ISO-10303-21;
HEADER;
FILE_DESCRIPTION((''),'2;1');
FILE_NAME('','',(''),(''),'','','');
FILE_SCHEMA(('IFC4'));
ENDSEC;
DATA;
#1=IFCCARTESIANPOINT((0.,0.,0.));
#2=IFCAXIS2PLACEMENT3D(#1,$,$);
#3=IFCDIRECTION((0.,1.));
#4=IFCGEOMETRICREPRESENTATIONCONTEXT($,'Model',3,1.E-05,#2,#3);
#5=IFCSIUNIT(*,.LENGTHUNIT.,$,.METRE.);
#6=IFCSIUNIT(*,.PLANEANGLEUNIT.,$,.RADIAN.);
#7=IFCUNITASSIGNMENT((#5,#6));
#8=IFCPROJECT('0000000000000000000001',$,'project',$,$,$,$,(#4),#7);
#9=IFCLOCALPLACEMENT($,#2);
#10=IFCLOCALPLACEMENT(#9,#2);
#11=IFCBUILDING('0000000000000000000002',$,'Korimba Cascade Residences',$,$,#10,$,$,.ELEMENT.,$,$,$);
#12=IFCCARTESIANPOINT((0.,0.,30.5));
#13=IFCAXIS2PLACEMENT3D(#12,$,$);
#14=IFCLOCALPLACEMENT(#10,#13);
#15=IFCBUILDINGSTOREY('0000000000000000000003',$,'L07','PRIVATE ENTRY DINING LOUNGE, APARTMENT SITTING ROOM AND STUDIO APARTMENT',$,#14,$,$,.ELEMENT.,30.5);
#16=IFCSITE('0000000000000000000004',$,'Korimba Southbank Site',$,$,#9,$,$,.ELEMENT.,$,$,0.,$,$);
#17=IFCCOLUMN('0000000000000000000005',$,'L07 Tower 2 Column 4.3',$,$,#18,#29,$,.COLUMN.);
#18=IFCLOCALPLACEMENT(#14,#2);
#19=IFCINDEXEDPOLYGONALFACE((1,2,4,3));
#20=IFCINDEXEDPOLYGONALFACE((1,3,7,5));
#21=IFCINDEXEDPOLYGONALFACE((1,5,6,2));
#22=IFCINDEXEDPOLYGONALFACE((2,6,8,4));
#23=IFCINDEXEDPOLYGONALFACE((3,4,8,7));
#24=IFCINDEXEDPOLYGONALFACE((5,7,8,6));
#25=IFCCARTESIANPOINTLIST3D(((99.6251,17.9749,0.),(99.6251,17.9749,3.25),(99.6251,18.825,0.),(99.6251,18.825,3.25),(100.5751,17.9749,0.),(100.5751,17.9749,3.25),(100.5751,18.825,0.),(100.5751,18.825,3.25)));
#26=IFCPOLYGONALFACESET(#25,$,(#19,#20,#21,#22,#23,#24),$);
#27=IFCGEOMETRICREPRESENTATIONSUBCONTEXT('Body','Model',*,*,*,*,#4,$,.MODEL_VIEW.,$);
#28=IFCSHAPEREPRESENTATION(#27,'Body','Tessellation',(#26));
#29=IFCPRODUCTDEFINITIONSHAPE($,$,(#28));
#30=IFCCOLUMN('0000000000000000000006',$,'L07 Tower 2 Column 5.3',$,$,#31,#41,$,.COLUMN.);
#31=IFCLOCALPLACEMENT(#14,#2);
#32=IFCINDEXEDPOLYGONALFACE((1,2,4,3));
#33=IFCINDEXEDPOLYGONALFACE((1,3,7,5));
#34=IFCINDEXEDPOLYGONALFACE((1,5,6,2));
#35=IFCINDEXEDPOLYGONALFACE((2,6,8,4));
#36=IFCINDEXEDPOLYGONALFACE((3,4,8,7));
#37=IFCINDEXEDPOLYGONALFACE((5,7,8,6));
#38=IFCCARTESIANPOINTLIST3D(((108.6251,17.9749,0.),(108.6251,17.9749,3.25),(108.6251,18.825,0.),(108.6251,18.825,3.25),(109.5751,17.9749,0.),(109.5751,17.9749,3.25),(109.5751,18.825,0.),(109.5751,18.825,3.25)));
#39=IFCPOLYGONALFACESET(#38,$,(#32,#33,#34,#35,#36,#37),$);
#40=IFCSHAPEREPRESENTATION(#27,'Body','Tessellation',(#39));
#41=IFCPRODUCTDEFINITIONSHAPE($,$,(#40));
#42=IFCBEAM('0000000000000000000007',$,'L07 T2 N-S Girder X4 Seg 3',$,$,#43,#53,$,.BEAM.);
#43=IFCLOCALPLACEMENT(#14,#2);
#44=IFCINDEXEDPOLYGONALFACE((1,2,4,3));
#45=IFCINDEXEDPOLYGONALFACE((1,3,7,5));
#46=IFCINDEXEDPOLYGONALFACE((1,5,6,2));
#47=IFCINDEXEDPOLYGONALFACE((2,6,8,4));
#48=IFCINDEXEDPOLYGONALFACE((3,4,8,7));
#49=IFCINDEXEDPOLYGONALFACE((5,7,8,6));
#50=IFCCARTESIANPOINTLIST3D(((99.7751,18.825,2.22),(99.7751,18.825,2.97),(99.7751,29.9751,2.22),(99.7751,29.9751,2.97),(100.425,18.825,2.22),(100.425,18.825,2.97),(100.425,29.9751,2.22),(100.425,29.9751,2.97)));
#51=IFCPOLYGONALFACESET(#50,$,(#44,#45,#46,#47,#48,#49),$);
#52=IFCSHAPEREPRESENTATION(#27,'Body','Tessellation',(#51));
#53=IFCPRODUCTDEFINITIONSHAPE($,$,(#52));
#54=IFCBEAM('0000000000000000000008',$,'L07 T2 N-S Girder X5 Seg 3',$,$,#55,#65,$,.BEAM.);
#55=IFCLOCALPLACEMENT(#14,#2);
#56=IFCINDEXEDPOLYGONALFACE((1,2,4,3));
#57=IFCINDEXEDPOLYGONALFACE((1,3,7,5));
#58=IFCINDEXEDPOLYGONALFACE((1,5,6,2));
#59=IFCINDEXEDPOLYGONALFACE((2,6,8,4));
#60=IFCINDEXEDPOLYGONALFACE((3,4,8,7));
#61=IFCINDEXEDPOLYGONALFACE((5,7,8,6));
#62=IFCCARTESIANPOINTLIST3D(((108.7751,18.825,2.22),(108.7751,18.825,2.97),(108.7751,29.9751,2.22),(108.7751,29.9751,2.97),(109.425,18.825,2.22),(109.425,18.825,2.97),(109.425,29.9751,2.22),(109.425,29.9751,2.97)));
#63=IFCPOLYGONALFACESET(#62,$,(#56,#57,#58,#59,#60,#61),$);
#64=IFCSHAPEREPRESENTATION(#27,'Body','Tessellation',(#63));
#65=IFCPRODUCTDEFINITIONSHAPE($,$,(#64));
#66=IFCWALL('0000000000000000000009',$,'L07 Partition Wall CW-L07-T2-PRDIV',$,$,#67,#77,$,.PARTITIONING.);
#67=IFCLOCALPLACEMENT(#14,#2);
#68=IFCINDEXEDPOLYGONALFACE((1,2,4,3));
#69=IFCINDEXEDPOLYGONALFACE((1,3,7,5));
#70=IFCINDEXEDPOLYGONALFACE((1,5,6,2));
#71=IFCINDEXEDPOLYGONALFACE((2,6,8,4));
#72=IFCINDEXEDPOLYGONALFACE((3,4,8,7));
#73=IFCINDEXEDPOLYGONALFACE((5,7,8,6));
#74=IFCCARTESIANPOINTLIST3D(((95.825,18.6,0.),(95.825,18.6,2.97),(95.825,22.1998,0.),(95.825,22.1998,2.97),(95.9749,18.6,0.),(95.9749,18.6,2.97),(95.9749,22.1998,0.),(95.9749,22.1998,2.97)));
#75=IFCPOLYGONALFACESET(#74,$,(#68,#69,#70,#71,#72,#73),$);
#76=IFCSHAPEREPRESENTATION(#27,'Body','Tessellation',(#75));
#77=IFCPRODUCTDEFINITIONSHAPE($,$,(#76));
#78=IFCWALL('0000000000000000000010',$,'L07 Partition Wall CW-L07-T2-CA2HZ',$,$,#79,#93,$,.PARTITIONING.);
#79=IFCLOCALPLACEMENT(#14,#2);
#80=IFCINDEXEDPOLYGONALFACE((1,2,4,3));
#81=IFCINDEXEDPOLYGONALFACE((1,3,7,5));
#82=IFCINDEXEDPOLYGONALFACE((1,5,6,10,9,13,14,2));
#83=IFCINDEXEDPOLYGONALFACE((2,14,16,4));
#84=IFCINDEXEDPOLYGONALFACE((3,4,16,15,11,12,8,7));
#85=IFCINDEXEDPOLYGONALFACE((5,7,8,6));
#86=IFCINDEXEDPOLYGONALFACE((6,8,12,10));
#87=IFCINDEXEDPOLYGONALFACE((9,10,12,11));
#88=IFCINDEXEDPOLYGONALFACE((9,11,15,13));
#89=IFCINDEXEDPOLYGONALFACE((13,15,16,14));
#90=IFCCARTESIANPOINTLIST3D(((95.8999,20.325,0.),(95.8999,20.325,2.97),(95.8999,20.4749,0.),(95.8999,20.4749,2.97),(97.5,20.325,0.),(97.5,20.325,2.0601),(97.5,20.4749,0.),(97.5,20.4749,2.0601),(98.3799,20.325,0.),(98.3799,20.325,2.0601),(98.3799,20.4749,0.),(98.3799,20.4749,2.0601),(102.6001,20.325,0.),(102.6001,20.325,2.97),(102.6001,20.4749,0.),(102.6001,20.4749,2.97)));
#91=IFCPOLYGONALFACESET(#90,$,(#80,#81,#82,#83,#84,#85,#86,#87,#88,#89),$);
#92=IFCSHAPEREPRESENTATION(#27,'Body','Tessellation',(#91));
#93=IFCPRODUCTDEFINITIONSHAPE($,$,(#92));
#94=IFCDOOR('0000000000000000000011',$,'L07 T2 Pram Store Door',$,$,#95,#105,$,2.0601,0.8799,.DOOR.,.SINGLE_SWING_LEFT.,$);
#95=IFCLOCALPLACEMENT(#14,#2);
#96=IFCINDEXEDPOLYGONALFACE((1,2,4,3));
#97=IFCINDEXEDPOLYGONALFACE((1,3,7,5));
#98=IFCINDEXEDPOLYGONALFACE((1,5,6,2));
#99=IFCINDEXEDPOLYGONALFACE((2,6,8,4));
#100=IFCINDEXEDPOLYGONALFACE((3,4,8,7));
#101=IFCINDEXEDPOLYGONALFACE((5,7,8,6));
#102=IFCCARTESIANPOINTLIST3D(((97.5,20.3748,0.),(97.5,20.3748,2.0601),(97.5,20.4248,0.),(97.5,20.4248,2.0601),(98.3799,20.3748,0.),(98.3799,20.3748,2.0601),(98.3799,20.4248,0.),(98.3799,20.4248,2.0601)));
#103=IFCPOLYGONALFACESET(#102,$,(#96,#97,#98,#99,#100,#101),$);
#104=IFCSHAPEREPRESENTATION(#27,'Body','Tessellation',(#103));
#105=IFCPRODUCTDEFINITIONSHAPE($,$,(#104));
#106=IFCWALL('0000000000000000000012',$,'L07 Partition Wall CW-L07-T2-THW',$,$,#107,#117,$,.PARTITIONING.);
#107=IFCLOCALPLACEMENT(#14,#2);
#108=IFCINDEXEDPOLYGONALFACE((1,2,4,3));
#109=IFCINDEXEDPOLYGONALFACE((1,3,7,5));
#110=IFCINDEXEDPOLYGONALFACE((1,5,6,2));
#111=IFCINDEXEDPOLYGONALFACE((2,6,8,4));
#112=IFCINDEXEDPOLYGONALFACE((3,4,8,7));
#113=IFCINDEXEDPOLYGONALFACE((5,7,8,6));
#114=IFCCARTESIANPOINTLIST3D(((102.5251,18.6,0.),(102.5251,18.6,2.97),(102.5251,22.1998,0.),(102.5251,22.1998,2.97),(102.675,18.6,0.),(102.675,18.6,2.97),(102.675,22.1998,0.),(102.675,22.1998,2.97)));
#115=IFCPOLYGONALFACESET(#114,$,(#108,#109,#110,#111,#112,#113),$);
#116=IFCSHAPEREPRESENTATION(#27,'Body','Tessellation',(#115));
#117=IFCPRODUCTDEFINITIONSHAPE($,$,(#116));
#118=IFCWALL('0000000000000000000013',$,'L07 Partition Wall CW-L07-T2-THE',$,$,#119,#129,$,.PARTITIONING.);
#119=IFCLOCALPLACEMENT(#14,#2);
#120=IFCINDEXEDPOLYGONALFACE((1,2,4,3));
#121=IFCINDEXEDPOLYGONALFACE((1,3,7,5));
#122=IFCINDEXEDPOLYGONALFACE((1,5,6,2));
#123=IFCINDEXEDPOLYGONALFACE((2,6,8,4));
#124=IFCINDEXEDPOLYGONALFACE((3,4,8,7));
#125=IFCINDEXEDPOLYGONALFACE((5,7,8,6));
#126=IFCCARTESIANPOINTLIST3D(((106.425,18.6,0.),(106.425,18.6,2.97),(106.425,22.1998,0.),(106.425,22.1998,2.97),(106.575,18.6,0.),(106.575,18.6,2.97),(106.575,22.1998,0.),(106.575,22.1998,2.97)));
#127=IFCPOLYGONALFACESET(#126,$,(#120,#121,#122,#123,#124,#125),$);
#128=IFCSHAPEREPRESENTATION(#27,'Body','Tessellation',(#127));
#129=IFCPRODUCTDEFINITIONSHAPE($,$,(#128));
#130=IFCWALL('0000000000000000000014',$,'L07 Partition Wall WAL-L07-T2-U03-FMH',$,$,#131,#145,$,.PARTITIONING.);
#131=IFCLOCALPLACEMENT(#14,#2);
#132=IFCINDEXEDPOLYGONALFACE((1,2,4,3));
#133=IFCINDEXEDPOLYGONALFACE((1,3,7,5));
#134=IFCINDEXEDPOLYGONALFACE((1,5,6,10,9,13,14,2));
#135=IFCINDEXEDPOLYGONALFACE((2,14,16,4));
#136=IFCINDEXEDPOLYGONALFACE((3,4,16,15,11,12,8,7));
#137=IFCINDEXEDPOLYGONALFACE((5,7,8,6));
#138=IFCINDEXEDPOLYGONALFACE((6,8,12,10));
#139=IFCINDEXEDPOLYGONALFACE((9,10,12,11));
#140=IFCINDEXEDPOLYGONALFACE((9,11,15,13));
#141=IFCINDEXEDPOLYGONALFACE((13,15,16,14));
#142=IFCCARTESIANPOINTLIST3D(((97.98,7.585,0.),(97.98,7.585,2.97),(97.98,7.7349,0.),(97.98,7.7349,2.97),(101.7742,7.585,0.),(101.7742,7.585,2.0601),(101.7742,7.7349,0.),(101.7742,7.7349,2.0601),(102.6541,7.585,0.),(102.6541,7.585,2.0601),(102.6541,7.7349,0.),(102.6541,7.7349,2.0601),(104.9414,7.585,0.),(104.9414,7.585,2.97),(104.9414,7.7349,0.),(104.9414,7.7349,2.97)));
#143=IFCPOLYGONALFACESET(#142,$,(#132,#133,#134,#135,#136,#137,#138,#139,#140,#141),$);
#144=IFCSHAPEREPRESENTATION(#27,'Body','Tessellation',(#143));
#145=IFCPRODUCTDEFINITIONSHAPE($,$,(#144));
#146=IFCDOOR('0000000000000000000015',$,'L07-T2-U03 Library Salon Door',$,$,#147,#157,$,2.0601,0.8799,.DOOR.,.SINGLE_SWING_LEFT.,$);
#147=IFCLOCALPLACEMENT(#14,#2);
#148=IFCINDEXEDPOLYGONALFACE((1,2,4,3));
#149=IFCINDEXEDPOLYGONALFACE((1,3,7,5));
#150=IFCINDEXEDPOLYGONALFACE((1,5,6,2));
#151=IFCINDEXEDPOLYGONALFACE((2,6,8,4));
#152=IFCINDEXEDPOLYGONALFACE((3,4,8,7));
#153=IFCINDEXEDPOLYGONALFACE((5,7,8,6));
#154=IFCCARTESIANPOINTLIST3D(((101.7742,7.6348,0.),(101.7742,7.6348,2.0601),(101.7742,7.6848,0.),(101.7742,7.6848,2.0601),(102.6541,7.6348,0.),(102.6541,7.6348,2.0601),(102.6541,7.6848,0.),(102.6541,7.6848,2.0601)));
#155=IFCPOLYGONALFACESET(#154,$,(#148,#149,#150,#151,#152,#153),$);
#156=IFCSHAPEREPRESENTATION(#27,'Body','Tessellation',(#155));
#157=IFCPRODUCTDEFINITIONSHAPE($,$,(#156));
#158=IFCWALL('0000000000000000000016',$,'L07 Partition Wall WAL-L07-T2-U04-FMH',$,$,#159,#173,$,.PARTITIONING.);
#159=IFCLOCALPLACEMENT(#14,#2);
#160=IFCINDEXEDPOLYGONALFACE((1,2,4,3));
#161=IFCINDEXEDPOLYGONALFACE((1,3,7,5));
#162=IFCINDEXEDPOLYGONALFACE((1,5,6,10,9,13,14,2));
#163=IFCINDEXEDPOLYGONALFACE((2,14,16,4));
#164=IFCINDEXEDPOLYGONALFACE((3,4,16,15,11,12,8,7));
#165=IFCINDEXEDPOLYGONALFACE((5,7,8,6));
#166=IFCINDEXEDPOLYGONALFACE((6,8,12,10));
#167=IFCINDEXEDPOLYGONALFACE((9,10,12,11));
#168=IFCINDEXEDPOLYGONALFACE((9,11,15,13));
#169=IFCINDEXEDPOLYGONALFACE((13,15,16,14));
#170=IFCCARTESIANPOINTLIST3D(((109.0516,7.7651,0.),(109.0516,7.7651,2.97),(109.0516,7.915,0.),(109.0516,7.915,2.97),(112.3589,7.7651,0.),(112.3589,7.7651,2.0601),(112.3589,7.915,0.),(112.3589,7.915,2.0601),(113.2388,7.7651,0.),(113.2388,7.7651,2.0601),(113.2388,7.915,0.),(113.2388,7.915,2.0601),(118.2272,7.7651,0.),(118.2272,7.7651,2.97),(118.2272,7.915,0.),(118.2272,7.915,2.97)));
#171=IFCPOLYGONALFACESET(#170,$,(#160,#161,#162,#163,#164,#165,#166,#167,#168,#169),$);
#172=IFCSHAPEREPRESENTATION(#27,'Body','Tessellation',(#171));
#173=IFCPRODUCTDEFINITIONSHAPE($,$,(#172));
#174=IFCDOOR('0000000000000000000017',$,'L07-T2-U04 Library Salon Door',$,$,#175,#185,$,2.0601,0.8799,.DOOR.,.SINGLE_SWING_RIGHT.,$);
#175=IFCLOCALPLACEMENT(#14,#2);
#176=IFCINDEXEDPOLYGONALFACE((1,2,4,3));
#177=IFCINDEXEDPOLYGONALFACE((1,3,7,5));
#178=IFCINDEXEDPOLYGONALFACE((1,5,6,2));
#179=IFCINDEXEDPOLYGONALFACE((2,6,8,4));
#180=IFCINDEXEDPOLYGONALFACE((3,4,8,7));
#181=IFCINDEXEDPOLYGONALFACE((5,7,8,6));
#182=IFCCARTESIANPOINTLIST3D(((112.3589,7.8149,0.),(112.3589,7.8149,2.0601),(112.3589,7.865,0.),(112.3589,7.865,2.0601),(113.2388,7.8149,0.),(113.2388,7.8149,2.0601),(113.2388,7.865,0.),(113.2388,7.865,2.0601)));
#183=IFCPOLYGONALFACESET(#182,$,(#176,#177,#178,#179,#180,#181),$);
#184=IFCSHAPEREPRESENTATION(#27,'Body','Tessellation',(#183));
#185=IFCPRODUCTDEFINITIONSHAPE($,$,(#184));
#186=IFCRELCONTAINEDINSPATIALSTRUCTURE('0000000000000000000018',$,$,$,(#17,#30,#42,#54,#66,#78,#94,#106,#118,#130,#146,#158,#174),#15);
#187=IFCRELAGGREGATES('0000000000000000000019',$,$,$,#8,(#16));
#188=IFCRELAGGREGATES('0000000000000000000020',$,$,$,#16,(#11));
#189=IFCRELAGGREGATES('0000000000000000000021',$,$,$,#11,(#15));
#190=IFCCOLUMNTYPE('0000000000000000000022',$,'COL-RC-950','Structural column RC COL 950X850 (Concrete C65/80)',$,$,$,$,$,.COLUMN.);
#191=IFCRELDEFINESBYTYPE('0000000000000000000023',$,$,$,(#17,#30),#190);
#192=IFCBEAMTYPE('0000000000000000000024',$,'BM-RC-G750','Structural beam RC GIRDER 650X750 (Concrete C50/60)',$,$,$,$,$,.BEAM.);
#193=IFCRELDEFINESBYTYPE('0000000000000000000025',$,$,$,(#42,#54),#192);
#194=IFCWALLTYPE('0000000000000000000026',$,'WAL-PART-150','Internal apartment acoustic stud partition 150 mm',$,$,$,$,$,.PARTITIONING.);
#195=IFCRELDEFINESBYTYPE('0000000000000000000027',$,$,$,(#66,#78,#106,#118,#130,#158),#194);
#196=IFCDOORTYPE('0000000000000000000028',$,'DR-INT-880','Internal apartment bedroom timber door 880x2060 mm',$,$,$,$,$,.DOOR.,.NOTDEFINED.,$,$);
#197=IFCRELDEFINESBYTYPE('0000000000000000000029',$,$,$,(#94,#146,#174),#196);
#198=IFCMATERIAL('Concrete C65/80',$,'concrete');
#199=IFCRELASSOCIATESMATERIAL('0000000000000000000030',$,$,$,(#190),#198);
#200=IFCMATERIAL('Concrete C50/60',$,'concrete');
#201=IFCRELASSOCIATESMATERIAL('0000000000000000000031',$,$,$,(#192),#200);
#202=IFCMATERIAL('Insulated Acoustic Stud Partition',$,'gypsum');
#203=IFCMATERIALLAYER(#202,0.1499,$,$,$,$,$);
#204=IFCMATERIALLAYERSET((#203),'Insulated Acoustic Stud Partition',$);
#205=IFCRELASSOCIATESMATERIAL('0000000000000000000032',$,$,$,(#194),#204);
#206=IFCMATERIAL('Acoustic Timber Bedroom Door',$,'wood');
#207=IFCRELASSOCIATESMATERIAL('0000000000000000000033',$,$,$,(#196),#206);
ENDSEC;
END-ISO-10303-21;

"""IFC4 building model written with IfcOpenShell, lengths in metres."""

from ifc_helpers import new_model, si_unit, direction, frame, frame_2d, origin, origin_2d, place, context, subcontext, project, spatial, rectangle, extrude, material, layer, layer_set, material_profile, profile_set, type_object, element, fill, save


model = new_model("IFC4")

# Units and contexts
model_context = context("Model", 3, precision=1e-05, world=origin(), true_north=direction((0.0, 1.0)))
body_context = subcontext(model_context, "Body", "Model", "MODEL_VIEW")
ifc_project = project(units=[si_unit("LENGTHUNIT", "METRE"), si_unit("PLANEANGLEUNIT", "RADIAN")], contexts=[model_context])

# Site, building, storey
site_placement = place(None, origin())
site = spatial("IfcSite", under=ifc_project, at=site_placement, Name="Korimba Southbank Site", CompositionType="ELEMENT", RefElevation=0.0)
building_placement = place(site_placement, origin())
building = spatial("IfcBuilding", under=site, at=building_placement, Name="Korimba Cascade Residences", CompositionType="ELEMENT")
storey_placement = place(building_placement, frame((0.0, 0.0, 30.5)))
storey = spatial("IfcBuildingStorey", under=building, at=storey_placement, Name="L07", Description="PRIVATE ENTRY DINING LOUNGE, APARTMENT SITTING ROOM AND STUDIO APARTMENT", CompositionType="ELEMENT", Elevation=30.5)

# Columns
ifc_material_1 = material(Name="Concrete C65/80", Category="concrete")
ifc_material_profile_1 = material_profile(ifc_material_1, rectangle(XDim=0.95, YDim=0.8501, at=origin_2d()), Name="Concrete C65/80")
ifc_profile_set_1 = profile_set([ifc_material_profile_1], Name="Concrete C65/80")
column_type = type_object("IfcColumnType", Name="COL-RC-950", Description="Structural column RC COL 950X850 (Concrete C65/80)", PredefinedType="COLUMN", material=ifc_profile_set_1)
for number, where, z_axis, x_axis, name in (
    (1, (100.1001, 18.3999, 0.0), (0.0, 0.0, 1.0), (1.0, 0.0, 0.0), "L07 Tower 2 Column 4.3"),
    (2, (109.1001, 18.3999, 0.0), (0.0, 0.0, 1.0), (1.0, 0.0, 0.0), "L07 Tower 2 Column 5.3"),
):
    element("IfcColumn", number, at=place(storey_placement, frame(where, z_axis=z_axis, x_axis=x_axis)), inside=storey, type_object=column_type, Name=name, PredefinedType="COLUMN", context=body_context, shape_type="SweptSolid", body=[
        extrude(rectangle(XDim=0.95, YDim=0.8501, at=origin_2d()), origin(), (0.0, 0.0, 1.0), 3.25),
    ])

# Beams
ifc_material_2 = material(Name="Concrete C50/60", Category="concrete")
ifc_material_profile_2 = material_profile(ifc_material_2, rectangle(XDim=0.6499, YDim=0.75, at=origin_2d()), Name="Concrete C50/60")
ifc_profile_set_2 = profile_set([ifc_material_profile_2], Name="Concrete C50/60")
beam_type = type_object("IfcBeamType", Name="BM-RC-G750", Description="Structural beam RC GIRDER 650X750 (Concrete C50/60)", PredefinedType="BEAM", material=ifc_profile_set_2)
for number, where, z_axis, x_axis, name in (
    (3, (100.1001, 18.825, 2.595), (0.0, 1.0, 0.0), (-1.0, 0.0, 0.0), "L07 T2 N-S Girder X4 Seg 3"),
    (4, (109.1001, 18.825, 2.595), (0.0, 1.0, 0.0), (-1.0, 0.0, 0.0), "L07 T2 N-S Girder X5 Seg 3"),
):
    element("IfcBeam", number, at=place(storey_placement, frame(where, z_axis=z_axis, x_axis=x_axis)), inside=storey, type_object=beam_type, Name=name, PredefinedType="BEAM", context=body_context, shape_type="SweptSolid", body=[
        extrude(rectangle(XDim=0.6499, YDim=0.75, at=origin_2d()), origin(), (0.0, 0.0, 1.0), 11.1501),
    ])

# Wall
ifc_material_3 = material(Name="Insulated Acoustic Stud Partition", Category="gypsum")
ifc_layer_1 = layer(ifc_material_3, 0.1499)
ifc_layer_set_1 = layer_set([ifc_layer_1], Name="Insulated Acoustic Stud Partition")
wall_type_1 = type_object("IfcWallType", Name="WAL-PART-150", Description="Internal apartment acoustic stud partition 150 mm", PredefinedType="PARTITIONING", material=ifc_layer_set_1)
wall_1_placement = place(storey_placement, frame((95.8999, 18.6001, 0.0), z_axis=(0.0, 0.0, 1.0), x_axis=(0.0, 1.0, 0.0)))
element("IfcWall", 5, at=wall_1_placement, inside=storey, type_object=wall_type_1, Name="L07 Partition Wall CW-L07-T2-PRDIV", PredefinedType="PARTITIONING", context=body_context, shape_type="SweptSolid", body=[
    extrude(rectangle(XDim=3.5999, YDim=0.1499, at=frame_2d((1.7998, 0.0))), origin(), (0.0, 0.0, 1.0), 2.97),
])

# Wall, opening, door
wall_2_placement = place(storey_placement, frame((95.8999, 20.3999, 0.0), z_axis=(0.0, 0.0, 1.0), x_axis=(1.0, 0.0, 0.0)))
wall_2 = element("IfcWall", 6, at=wall_2_placement, inside=storey, type_object=wall_type_1, Name="L07 Partition Wall CW-L07-T2-CA2HZ", PredefinedType="PARTITIONING", context=body_context, shape_type="SweptSolid", body=[
    extrude(rectangle(XDim=6.7002, YDim=0.1499, at=frame_2d((3.3501, 0.0))), origin(), (0.0, 0.0, 1.0), 2.97),
])
opening_1_placement = place(wall_2_placement, frame((1.6001, 0.0, 0.0)))
opening_1 = element("IfcOpeningElement", 7, at=opening_1_placement, cuts=wall_2, PredefinedType="OPENING", context=body_context, shape_type="SweptSolid", body=[
    extrude(rectangle(XDim=0.8799, YDim=2.0601, at=frame_2d((0.4399, 1.03))), frame((0.0, 0.085, 0.0), z_axis=(0.0, -1.0, 0.0), x_axis=(1.0, 0.0, 0.0)), (0.0, 0.0, 1.0), 0.1699),
])
ifc_material_4 = material(Name="Acoustic Timber Bedroom Door", Category="wood")
door_type_1 = type_object("IfcDoorType", Name="DR-INT-880", Description="Internal apartment bedroom timber door 880x2060 mm", OperationType="NOTDEFINED", PredefinedType="DOOR", material=ifc_material_4)
door_1_placement = place(opening_1_placement, origin())
door_1 = element("IfcDoor", 8, at=door_1_placement, inside=storey, type_object=door_type_1, Name="L07 T2 Pram Store Door", OperationType="SINGLE_SWING_LEFT", OverallHeight=2.0601, OverallWidth=0.8799, PredefinedType="DOOR", context=body_context, shape_type="SweptSolid", body=[
    extrude(rectangle(XDim=0.8799, YDim=2.0601, at=frame_2d((0.4399, 1.03))), frame((0.0, 0.0249, 0.0), z_axis=(0.0, -1.0, 0.0), x_axis=(1.0, 0.0, 0.0)), (0.0, 0.0, 1.0), 0.05),
])
fill(opening_1, door_1)

# Walls
for number, where, z_axis, x_axis, name in (
    (9, (102.6001, 18.6001, 0.0), (0.0, 0.0, 1.0), (0.0, 1.0, 0.0), "L07 Partition Wall CW-L07-T2-THW"),
    (10, (106.5, 18.6001, 0.0), (0.0, 0.0, 1.0), (0.0, 1.0, 0.0), "L07 Partition Wall CW-L07-T2-THE"),
):
    element("IfcWall", number, at=place(storey_placement, frame(where, z_axis=z_axis, x_axis=x_axis)), inside=storey, type_object=wall_type_1, Name=name, PredefinedType="PARTITIONING", context=body_context, shape_type="SweptSolid", body=[
        extrude(rectangle(XDim=3.5999, YDim=0.1499, at=frame_2d((1.7998, 0.0))), origin(), (0.0, 0.0, 1.0), 2.97),
    ])

# Walls, openings, doors
wall_3_placement = place(storey_placement, frame((97.98, 7.6599, 0.0), z_axis=(0.0, 0.0, 1.0), x_axis=(1.0, 0.0, 0.0)))
wall_3 = element("IfcWall", 11, at=wall_3_placement, inside=storey, type_object=wall_type_1, Name="L07 Partition Wall WAL-L07-T2-U03-FMH", PredefinedType="PARTITIONING", context=body_context, shape_type="SweptSolid", body=[
    extrude(rectangle(XDim=6.9614, YDim=0.1499, at=frame_2d((3.4807, 0.0))), origin(), (0.0, 0.0, 1.0), 2.97),
])
opening_2_placement = place(wall_3_placement, frame((3.7942, 0.0, 0.0)))
opening_2 = element("IfcOpeningElement", 12, at=opening_2_placement, cuts=wall_3, PredefinedType="OPENING", context=body_context, shape_type="SweptSolid", body=[
    extrude(rectangle(XDim=0.8799, YDim=2.0601, at=frame_2d((0.4399, 1.03))), frame((0.0, 0.085, 0.0), z_axis=(0.0, -1.0, 0.0), x_axis=(1.0, 0.0, 0.0)), (0.0, 0.0, 1.0), 0.1699),
])
door_2_placement = place(opening_2_placement, origin())
door_2 = element("IfcDoor", 13, at=door_2_placement, inside=storey, type_object=door_type_1, Name="L07-T2-U03 Library Salon Door", OperationType="SINGLE_SWING_LEFT", OverallHeight=2.0601, OverallWidth=0.8799, PredefinedType="DOOR", context=body_context, shape_type="SweptSolid", body=[
    extrude(rectangle(XDim=0.8799, YDim=2.0601, at=frame_2d((0.4399, 1.03))), frame((0.0, 0.0249, 0.0), z_axis=(0.0, -1.0, 0.0), x_axis=(1.0, 0.0, 0.0)), (0.0, 0.0, 1.0), 0.05),
])
fill(opening_2, door_2)
wall_4_placement = place(storey_placement, frame((109.0515, 7.8401, 0.0), z_axis=(0.0, 0.0, 1.0), x_axis=(1.0, 0.0, 0.0)))
wall_4 = element("IfcWall", 14, at=wall_4_placement, inside=storey, type_object=wall_type_1, Name="L07 Partition Wall WAL-L07-T2-U04-FMH", PredefinedType="PARTITIONING", context=body_context, shape_type="SweptSolid", body=[
    extrude(rectangle(XDim=9.1755, YDim=0.1499, at=frame_2d((4.5879, 0.0))), origin(), (0.0, 0.0, 1.0), 2.97),
])
opening_3_placement = place(wall_4_placement, frame((3.3074, 0.0, 0.0)))
opening_3 = element("IfcOpeningElement", 15, at=opening_3_placement, cuts=wall_4, PredefinedType="OPENING", context=body_context, shape_type="SweptSolid", body=[
    extrude(rectangle(XDim=0.8799, YDim=2.0601, at=frame_2d((0.4399, 1.03))), frame((0.0, 0.085, 0.0), z_axis=(0.0, -1.0, 0.0), x_axis=(1.0, 0.0, 0.0)), (0.0, 0.0, 1.0), 0.1699),
])
door_3_placement = place(opening_3_placement, origin())
door_3 = element("IfcDoor", 16, at=door_3_placement, inside=storey, type_object=door_type_1, Name="L07-T2-U04 Library Salon Door", OperationType="SINGLE_SWING_RIGHT", OverallHeight=2.0601, OverallWidth=0.8799, PredefinedType="DOOR", context=body_context, shape_type="SweptSolid", body=[
    extrude(rectangle(XDim=0.8799, YDim=2.0601, at=frame_2d((0.4399, 1.03))), frame((0.0, 0.0249, 0.0), z_axis=(0.0, -1.0, 0.0), x_axis=(1.0, 0.0, 0.0)), (0.0, 0.0, 1.0), 0.05),
])
fill(opening_3, door_3)

save(model, "model.ifc")
